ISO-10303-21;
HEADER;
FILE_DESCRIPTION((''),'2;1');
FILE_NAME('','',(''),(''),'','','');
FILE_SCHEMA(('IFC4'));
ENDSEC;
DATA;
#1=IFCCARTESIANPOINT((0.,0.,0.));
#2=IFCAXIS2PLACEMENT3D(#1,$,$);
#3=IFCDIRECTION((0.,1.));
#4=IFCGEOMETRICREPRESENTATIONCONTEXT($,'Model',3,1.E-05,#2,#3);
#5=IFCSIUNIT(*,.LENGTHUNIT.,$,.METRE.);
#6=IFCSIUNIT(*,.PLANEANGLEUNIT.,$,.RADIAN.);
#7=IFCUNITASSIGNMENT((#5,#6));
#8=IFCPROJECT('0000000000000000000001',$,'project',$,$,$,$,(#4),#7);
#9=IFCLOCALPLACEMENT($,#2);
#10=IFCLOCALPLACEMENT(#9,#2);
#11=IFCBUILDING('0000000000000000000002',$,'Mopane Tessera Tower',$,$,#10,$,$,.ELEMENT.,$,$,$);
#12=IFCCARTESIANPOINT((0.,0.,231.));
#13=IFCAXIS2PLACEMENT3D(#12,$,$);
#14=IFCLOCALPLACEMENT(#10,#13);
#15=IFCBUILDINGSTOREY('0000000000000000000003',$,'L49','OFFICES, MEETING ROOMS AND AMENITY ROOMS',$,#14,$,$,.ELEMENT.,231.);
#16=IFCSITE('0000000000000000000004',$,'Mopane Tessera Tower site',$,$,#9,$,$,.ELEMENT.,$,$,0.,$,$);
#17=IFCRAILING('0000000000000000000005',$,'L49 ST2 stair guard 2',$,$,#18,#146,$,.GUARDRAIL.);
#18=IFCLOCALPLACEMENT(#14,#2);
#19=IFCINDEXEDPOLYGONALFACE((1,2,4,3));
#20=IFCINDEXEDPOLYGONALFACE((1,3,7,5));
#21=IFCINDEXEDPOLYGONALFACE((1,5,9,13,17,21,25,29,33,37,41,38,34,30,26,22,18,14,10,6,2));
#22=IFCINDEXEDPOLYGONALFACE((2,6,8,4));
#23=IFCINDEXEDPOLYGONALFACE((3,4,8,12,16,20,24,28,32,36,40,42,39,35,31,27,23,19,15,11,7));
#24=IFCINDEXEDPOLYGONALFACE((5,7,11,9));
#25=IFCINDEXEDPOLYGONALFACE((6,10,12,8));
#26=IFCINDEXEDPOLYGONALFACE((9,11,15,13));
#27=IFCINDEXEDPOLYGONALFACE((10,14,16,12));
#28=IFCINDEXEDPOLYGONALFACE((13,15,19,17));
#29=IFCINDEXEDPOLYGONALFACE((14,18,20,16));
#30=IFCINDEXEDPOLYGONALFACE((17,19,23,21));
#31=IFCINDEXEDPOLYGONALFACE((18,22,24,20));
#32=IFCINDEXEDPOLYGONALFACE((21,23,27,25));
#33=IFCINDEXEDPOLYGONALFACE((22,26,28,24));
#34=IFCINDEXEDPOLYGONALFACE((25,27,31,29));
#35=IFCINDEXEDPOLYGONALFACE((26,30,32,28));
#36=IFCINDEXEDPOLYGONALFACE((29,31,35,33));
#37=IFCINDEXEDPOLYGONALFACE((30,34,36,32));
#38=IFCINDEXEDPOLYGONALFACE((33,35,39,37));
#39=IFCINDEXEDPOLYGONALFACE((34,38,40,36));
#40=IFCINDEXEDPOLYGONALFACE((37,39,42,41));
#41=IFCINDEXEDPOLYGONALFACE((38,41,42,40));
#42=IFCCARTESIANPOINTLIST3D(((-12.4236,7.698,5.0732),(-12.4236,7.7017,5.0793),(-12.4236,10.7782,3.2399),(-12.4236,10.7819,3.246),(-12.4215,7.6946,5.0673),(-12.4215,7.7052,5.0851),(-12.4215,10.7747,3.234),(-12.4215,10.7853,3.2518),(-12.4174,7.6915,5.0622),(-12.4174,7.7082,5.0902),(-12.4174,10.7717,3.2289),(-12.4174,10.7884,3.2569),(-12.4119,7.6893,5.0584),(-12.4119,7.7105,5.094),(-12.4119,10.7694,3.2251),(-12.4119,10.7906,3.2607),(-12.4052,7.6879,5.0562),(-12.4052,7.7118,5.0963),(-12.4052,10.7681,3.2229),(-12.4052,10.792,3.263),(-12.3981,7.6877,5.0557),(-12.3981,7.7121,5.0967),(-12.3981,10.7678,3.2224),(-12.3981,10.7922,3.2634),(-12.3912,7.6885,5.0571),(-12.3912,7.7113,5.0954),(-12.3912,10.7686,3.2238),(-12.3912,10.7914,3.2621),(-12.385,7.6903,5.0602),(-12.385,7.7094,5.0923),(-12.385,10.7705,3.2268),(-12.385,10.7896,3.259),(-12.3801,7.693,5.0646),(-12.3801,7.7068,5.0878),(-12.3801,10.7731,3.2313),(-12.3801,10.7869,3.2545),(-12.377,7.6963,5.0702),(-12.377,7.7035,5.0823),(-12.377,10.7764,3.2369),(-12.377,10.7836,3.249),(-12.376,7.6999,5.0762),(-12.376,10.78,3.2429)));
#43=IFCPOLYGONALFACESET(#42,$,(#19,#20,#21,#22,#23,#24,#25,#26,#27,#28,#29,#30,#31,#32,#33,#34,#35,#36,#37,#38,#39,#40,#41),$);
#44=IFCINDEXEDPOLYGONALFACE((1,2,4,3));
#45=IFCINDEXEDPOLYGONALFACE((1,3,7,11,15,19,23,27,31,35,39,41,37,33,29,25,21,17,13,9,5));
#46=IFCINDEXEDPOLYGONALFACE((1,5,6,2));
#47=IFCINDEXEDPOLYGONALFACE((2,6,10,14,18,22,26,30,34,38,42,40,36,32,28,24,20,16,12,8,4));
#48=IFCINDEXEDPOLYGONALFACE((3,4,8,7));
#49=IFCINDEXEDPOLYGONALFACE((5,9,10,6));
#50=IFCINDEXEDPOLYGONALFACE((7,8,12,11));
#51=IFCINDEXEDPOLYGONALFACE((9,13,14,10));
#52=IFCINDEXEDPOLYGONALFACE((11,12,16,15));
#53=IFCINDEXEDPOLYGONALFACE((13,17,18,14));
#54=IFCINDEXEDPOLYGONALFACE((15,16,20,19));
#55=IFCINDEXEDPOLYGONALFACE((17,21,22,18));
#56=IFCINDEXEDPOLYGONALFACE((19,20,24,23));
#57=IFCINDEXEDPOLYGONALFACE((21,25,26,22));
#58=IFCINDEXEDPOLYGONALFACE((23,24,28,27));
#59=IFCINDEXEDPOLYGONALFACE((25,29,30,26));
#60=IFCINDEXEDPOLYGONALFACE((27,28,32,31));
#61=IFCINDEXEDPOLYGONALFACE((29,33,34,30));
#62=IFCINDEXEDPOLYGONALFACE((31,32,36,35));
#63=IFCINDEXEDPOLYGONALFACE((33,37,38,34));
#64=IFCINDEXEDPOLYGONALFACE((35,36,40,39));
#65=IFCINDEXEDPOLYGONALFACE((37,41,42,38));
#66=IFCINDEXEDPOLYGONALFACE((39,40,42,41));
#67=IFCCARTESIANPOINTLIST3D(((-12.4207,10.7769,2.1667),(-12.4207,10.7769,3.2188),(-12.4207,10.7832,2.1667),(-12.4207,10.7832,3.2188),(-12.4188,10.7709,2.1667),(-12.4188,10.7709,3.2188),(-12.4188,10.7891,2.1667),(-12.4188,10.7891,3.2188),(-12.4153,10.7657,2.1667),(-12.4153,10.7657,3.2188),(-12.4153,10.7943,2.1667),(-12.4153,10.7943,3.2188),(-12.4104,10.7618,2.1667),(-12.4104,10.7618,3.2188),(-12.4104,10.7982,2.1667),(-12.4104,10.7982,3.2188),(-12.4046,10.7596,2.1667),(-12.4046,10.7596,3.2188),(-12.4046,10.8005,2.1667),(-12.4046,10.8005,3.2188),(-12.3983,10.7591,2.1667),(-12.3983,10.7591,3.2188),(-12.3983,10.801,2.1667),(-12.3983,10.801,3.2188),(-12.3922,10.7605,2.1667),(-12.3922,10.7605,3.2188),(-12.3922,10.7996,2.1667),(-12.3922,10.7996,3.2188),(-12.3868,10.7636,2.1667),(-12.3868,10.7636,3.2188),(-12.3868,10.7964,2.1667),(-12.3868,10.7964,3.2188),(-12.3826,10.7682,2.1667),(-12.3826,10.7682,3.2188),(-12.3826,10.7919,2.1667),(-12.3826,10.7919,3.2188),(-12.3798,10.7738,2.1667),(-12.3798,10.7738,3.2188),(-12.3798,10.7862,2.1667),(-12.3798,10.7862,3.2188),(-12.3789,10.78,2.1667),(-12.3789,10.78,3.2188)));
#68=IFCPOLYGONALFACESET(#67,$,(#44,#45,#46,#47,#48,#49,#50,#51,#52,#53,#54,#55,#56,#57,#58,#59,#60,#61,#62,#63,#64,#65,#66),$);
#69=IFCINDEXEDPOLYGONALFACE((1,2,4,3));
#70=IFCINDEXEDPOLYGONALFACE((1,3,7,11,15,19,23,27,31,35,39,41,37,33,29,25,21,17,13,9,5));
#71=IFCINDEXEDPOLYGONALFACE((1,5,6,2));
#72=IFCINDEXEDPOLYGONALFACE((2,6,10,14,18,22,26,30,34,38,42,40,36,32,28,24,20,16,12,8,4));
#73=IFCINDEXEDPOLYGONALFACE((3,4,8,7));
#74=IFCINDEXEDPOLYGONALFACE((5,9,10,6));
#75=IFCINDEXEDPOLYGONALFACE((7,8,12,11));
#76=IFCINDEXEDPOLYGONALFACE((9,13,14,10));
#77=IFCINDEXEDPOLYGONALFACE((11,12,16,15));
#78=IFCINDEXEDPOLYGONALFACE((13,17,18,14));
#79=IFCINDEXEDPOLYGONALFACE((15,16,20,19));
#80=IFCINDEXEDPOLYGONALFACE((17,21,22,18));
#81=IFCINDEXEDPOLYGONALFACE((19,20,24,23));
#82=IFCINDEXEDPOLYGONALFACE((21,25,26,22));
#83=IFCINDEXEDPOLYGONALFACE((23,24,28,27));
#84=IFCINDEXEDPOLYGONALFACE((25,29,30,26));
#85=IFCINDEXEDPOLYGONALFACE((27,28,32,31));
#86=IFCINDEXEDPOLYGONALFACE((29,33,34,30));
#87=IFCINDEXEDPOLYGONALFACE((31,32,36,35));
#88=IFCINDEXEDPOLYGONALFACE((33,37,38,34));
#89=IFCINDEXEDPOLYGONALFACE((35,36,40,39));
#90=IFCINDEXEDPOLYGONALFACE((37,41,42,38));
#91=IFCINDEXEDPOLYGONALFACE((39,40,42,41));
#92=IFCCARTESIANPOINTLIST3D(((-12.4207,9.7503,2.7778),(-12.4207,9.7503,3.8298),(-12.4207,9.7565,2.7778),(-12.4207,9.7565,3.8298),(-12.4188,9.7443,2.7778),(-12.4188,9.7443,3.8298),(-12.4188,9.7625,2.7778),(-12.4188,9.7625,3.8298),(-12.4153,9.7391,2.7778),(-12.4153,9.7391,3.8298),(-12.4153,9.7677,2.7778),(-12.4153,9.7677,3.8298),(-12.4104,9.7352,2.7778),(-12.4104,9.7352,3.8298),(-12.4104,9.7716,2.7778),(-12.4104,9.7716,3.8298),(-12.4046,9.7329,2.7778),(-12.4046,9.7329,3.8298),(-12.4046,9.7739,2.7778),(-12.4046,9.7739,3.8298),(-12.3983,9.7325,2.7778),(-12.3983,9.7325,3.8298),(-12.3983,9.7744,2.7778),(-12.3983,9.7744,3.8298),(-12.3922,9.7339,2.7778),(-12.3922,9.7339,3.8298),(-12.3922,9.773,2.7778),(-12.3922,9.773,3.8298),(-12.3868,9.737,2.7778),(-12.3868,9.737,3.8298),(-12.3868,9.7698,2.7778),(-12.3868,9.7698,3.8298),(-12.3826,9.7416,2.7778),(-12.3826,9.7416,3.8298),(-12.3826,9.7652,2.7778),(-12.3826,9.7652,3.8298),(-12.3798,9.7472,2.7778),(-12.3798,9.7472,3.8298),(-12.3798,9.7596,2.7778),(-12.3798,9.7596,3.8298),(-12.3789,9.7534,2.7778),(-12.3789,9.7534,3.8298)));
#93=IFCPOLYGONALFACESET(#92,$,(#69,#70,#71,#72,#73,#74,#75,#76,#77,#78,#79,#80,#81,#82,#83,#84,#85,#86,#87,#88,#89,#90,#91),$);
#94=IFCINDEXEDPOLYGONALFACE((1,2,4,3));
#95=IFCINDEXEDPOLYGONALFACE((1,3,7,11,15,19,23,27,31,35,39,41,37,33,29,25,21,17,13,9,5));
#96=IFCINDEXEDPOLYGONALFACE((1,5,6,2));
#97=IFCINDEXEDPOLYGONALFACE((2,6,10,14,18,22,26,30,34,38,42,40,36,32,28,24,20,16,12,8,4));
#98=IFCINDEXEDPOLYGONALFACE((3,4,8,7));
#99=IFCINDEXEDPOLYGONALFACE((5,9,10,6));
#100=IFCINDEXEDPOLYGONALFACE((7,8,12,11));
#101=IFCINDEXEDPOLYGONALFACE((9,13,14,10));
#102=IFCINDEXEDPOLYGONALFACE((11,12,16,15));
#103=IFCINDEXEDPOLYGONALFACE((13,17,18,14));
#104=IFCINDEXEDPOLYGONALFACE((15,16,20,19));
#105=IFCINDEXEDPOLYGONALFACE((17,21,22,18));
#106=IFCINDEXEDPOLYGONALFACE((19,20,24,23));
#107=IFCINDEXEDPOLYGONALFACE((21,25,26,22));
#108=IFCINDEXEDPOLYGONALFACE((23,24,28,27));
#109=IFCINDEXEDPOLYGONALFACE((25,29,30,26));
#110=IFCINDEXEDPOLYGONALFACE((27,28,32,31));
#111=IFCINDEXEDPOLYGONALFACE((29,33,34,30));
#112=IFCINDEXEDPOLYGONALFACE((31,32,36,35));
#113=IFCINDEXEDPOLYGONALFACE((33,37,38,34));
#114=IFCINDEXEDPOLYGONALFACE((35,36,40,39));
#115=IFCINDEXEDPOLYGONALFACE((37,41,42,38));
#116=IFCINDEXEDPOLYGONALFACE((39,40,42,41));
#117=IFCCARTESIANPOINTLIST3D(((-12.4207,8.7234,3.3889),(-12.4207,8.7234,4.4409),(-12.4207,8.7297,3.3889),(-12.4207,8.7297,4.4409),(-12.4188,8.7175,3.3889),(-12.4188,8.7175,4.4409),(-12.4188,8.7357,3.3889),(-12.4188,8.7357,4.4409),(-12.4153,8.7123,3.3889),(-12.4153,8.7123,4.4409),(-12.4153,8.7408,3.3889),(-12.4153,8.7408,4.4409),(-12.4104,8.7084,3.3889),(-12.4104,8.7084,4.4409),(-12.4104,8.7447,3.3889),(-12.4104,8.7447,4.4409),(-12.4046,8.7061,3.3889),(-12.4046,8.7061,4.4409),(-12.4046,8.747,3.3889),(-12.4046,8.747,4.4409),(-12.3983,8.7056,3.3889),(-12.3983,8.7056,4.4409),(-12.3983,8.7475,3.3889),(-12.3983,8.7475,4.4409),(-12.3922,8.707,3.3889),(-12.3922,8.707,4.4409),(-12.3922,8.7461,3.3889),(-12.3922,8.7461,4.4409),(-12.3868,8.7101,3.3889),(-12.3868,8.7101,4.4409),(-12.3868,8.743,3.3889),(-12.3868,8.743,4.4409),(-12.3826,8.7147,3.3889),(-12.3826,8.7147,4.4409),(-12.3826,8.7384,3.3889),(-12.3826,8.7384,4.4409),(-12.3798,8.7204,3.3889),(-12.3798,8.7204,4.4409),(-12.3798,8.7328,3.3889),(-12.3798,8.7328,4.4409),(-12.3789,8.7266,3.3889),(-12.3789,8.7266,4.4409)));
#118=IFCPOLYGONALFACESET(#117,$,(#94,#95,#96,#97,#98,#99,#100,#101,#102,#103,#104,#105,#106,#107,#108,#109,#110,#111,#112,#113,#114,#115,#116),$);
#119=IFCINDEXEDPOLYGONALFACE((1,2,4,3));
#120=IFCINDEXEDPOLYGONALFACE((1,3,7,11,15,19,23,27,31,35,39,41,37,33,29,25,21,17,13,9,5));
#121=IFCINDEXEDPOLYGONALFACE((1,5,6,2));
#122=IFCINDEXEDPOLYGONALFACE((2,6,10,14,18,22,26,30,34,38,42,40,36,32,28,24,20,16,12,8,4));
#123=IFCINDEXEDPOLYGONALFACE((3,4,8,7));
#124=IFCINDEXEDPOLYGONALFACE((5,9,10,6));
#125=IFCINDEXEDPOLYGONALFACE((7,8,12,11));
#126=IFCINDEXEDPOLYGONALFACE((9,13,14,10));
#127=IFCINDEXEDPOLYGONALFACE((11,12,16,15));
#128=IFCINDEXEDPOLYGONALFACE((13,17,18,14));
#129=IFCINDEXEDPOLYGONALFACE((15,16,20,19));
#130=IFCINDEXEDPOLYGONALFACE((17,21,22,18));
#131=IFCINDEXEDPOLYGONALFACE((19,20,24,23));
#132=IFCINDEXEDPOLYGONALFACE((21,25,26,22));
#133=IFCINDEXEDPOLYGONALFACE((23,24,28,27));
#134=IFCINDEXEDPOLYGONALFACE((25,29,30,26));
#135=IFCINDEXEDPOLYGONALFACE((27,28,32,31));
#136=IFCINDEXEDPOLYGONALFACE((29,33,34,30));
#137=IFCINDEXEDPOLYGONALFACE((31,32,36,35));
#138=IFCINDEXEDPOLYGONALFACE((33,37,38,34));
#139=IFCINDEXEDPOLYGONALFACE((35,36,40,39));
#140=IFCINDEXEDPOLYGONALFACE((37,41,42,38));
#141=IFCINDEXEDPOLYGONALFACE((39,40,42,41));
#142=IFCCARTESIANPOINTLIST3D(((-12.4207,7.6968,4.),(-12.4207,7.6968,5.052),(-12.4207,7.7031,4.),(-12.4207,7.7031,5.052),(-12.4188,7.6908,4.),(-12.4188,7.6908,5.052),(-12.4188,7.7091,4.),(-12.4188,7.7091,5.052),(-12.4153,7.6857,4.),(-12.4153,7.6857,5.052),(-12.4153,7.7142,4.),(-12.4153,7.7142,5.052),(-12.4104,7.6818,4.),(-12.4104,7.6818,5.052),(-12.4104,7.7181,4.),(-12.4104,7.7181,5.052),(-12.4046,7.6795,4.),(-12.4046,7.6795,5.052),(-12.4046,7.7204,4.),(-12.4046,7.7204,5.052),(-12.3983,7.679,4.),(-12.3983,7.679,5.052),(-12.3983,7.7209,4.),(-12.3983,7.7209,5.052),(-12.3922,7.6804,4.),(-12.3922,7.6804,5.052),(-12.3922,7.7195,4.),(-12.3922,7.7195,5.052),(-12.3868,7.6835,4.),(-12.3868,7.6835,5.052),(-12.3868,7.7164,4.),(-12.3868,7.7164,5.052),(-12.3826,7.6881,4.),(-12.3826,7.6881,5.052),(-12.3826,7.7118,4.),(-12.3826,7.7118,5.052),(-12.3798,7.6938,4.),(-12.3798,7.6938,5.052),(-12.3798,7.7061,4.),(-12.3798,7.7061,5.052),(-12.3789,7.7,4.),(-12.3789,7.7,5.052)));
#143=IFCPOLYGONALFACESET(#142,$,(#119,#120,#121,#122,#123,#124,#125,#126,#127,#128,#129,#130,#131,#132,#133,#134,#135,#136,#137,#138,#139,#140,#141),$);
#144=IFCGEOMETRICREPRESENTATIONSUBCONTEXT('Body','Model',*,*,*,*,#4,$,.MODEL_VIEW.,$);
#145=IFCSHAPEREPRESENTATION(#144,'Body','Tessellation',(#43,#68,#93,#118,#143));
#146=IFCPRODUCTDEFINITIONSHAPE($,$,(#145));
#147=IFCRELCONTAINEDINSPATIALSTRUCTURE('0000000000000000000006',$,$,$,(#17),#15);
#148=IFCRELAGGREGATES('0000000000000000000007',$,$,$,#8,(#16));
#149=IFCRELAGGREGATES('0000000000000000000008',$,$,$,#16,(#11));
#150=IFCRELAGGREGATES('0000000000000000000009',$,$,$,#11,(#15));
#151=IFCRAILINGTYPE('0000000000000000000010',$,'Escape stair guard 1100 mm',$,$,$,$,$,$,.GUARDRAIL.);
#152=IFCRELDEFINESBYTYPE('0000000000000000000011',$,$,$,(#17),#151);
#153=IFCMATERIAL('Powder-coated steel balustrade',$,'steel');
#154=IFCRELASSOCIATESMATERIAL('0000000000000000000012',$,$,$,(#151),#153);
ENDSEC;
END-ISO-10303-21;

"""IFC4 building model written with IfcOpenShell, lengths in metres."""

from ifc_helpers import new_model, si_unit, direction, frame, origin, origin_2d, place, context, subcontext, project, spatial, circle, extrude, material, type_object, element, save


model = new_model("IFC4")

# Units and contexts
model_context = context("Model", 3, precision=1e-05, world=origin(), true_north=direction((0.0, 1.0)))
body_context = subcontext(model_context, "Body", "Model", "MODEL_VIEW")
ifc_project = project(units=[si_unit("LENGTHUNIT", "METRE"), si_unit("PLANEANGLEUNIT", "RADIAN")], contexts=[model_context])

# Site, building, storey
site_placement = place(None, origin())
site = spatial("IfcSite", under=ifc_project, at=site_placement, Name="Mopane Tessera Tower site", CompositionType="ELEMENT", RefElevation=0.0)
building_placement = place(site_placement, origin())
building = spatial("IfcBuilding", under=site, at=building_placement, Name="Mopane Tessera Tower", CompositionType="ELEMENT")
storey_placement = place(building_placement, frame((0.0, 0.0, 231.0)))
storey = spatial("IfcBuildingStorey", under=building, at=storey_placement, Name="L49", Description="OFFICES, MEETING ROOMS AND AMENITY ROOMS", CompositionType="ELEMENT", Elevation=231.0)

# Railing
ifc_material_1 = material(Name="Powder-coated steel balustrade", Category="steel")
railing_type_1 = type_object("IfcRailingType", Name="Escape stair guard 1100 mm", PredefinedType="GUARDRAIL", material=ifc_material_1)
railing_1_placement = place(storey_placement, frame((-12.3999, 10.78, 2.1667)))
element("IfcRailing", 1, at=railing_1_placement, inside=storey, type_object=railing_type_1, Name="L49 ST2 stair guard 2", PredefinedType="GUARDRAIL", context=body_context, shape_type="SweptSolid", body=[
    extrude(circle(Radius=0.0239, at=origin_2d()), frame((0.0, 0.0, 1.0762), z_axis=(0.0, -0.859309, 0.511458), x_axis=(1.0, 0.0, 0.0)), (0.0, 0.0, 1.0), 3.5845),
    extrude(circle(Radius=0.021, at=origin_2d()), origin(), (0.0, 0.0, 1.0), 1.052),
    extrude(circle(Radius=0.021, at=origin_2d()), frame((0.0, -1.0266, 0.6111)), (0.0, 0.0, 1.0), 1.052),
    extrude(circle(Radius=0.021, at=origin_2d()), frame((0.0, -2.0535, 1.2222)), (0.0, 0.0, 1.0), 1.052),
    extrude(circle(Radius=0.021, at=origin_2d()), frame((0.0, -3.0801, 1.8333)), (0.0, 0.0, 1.0), 1.052),
])

save(model, "model.ifc")
